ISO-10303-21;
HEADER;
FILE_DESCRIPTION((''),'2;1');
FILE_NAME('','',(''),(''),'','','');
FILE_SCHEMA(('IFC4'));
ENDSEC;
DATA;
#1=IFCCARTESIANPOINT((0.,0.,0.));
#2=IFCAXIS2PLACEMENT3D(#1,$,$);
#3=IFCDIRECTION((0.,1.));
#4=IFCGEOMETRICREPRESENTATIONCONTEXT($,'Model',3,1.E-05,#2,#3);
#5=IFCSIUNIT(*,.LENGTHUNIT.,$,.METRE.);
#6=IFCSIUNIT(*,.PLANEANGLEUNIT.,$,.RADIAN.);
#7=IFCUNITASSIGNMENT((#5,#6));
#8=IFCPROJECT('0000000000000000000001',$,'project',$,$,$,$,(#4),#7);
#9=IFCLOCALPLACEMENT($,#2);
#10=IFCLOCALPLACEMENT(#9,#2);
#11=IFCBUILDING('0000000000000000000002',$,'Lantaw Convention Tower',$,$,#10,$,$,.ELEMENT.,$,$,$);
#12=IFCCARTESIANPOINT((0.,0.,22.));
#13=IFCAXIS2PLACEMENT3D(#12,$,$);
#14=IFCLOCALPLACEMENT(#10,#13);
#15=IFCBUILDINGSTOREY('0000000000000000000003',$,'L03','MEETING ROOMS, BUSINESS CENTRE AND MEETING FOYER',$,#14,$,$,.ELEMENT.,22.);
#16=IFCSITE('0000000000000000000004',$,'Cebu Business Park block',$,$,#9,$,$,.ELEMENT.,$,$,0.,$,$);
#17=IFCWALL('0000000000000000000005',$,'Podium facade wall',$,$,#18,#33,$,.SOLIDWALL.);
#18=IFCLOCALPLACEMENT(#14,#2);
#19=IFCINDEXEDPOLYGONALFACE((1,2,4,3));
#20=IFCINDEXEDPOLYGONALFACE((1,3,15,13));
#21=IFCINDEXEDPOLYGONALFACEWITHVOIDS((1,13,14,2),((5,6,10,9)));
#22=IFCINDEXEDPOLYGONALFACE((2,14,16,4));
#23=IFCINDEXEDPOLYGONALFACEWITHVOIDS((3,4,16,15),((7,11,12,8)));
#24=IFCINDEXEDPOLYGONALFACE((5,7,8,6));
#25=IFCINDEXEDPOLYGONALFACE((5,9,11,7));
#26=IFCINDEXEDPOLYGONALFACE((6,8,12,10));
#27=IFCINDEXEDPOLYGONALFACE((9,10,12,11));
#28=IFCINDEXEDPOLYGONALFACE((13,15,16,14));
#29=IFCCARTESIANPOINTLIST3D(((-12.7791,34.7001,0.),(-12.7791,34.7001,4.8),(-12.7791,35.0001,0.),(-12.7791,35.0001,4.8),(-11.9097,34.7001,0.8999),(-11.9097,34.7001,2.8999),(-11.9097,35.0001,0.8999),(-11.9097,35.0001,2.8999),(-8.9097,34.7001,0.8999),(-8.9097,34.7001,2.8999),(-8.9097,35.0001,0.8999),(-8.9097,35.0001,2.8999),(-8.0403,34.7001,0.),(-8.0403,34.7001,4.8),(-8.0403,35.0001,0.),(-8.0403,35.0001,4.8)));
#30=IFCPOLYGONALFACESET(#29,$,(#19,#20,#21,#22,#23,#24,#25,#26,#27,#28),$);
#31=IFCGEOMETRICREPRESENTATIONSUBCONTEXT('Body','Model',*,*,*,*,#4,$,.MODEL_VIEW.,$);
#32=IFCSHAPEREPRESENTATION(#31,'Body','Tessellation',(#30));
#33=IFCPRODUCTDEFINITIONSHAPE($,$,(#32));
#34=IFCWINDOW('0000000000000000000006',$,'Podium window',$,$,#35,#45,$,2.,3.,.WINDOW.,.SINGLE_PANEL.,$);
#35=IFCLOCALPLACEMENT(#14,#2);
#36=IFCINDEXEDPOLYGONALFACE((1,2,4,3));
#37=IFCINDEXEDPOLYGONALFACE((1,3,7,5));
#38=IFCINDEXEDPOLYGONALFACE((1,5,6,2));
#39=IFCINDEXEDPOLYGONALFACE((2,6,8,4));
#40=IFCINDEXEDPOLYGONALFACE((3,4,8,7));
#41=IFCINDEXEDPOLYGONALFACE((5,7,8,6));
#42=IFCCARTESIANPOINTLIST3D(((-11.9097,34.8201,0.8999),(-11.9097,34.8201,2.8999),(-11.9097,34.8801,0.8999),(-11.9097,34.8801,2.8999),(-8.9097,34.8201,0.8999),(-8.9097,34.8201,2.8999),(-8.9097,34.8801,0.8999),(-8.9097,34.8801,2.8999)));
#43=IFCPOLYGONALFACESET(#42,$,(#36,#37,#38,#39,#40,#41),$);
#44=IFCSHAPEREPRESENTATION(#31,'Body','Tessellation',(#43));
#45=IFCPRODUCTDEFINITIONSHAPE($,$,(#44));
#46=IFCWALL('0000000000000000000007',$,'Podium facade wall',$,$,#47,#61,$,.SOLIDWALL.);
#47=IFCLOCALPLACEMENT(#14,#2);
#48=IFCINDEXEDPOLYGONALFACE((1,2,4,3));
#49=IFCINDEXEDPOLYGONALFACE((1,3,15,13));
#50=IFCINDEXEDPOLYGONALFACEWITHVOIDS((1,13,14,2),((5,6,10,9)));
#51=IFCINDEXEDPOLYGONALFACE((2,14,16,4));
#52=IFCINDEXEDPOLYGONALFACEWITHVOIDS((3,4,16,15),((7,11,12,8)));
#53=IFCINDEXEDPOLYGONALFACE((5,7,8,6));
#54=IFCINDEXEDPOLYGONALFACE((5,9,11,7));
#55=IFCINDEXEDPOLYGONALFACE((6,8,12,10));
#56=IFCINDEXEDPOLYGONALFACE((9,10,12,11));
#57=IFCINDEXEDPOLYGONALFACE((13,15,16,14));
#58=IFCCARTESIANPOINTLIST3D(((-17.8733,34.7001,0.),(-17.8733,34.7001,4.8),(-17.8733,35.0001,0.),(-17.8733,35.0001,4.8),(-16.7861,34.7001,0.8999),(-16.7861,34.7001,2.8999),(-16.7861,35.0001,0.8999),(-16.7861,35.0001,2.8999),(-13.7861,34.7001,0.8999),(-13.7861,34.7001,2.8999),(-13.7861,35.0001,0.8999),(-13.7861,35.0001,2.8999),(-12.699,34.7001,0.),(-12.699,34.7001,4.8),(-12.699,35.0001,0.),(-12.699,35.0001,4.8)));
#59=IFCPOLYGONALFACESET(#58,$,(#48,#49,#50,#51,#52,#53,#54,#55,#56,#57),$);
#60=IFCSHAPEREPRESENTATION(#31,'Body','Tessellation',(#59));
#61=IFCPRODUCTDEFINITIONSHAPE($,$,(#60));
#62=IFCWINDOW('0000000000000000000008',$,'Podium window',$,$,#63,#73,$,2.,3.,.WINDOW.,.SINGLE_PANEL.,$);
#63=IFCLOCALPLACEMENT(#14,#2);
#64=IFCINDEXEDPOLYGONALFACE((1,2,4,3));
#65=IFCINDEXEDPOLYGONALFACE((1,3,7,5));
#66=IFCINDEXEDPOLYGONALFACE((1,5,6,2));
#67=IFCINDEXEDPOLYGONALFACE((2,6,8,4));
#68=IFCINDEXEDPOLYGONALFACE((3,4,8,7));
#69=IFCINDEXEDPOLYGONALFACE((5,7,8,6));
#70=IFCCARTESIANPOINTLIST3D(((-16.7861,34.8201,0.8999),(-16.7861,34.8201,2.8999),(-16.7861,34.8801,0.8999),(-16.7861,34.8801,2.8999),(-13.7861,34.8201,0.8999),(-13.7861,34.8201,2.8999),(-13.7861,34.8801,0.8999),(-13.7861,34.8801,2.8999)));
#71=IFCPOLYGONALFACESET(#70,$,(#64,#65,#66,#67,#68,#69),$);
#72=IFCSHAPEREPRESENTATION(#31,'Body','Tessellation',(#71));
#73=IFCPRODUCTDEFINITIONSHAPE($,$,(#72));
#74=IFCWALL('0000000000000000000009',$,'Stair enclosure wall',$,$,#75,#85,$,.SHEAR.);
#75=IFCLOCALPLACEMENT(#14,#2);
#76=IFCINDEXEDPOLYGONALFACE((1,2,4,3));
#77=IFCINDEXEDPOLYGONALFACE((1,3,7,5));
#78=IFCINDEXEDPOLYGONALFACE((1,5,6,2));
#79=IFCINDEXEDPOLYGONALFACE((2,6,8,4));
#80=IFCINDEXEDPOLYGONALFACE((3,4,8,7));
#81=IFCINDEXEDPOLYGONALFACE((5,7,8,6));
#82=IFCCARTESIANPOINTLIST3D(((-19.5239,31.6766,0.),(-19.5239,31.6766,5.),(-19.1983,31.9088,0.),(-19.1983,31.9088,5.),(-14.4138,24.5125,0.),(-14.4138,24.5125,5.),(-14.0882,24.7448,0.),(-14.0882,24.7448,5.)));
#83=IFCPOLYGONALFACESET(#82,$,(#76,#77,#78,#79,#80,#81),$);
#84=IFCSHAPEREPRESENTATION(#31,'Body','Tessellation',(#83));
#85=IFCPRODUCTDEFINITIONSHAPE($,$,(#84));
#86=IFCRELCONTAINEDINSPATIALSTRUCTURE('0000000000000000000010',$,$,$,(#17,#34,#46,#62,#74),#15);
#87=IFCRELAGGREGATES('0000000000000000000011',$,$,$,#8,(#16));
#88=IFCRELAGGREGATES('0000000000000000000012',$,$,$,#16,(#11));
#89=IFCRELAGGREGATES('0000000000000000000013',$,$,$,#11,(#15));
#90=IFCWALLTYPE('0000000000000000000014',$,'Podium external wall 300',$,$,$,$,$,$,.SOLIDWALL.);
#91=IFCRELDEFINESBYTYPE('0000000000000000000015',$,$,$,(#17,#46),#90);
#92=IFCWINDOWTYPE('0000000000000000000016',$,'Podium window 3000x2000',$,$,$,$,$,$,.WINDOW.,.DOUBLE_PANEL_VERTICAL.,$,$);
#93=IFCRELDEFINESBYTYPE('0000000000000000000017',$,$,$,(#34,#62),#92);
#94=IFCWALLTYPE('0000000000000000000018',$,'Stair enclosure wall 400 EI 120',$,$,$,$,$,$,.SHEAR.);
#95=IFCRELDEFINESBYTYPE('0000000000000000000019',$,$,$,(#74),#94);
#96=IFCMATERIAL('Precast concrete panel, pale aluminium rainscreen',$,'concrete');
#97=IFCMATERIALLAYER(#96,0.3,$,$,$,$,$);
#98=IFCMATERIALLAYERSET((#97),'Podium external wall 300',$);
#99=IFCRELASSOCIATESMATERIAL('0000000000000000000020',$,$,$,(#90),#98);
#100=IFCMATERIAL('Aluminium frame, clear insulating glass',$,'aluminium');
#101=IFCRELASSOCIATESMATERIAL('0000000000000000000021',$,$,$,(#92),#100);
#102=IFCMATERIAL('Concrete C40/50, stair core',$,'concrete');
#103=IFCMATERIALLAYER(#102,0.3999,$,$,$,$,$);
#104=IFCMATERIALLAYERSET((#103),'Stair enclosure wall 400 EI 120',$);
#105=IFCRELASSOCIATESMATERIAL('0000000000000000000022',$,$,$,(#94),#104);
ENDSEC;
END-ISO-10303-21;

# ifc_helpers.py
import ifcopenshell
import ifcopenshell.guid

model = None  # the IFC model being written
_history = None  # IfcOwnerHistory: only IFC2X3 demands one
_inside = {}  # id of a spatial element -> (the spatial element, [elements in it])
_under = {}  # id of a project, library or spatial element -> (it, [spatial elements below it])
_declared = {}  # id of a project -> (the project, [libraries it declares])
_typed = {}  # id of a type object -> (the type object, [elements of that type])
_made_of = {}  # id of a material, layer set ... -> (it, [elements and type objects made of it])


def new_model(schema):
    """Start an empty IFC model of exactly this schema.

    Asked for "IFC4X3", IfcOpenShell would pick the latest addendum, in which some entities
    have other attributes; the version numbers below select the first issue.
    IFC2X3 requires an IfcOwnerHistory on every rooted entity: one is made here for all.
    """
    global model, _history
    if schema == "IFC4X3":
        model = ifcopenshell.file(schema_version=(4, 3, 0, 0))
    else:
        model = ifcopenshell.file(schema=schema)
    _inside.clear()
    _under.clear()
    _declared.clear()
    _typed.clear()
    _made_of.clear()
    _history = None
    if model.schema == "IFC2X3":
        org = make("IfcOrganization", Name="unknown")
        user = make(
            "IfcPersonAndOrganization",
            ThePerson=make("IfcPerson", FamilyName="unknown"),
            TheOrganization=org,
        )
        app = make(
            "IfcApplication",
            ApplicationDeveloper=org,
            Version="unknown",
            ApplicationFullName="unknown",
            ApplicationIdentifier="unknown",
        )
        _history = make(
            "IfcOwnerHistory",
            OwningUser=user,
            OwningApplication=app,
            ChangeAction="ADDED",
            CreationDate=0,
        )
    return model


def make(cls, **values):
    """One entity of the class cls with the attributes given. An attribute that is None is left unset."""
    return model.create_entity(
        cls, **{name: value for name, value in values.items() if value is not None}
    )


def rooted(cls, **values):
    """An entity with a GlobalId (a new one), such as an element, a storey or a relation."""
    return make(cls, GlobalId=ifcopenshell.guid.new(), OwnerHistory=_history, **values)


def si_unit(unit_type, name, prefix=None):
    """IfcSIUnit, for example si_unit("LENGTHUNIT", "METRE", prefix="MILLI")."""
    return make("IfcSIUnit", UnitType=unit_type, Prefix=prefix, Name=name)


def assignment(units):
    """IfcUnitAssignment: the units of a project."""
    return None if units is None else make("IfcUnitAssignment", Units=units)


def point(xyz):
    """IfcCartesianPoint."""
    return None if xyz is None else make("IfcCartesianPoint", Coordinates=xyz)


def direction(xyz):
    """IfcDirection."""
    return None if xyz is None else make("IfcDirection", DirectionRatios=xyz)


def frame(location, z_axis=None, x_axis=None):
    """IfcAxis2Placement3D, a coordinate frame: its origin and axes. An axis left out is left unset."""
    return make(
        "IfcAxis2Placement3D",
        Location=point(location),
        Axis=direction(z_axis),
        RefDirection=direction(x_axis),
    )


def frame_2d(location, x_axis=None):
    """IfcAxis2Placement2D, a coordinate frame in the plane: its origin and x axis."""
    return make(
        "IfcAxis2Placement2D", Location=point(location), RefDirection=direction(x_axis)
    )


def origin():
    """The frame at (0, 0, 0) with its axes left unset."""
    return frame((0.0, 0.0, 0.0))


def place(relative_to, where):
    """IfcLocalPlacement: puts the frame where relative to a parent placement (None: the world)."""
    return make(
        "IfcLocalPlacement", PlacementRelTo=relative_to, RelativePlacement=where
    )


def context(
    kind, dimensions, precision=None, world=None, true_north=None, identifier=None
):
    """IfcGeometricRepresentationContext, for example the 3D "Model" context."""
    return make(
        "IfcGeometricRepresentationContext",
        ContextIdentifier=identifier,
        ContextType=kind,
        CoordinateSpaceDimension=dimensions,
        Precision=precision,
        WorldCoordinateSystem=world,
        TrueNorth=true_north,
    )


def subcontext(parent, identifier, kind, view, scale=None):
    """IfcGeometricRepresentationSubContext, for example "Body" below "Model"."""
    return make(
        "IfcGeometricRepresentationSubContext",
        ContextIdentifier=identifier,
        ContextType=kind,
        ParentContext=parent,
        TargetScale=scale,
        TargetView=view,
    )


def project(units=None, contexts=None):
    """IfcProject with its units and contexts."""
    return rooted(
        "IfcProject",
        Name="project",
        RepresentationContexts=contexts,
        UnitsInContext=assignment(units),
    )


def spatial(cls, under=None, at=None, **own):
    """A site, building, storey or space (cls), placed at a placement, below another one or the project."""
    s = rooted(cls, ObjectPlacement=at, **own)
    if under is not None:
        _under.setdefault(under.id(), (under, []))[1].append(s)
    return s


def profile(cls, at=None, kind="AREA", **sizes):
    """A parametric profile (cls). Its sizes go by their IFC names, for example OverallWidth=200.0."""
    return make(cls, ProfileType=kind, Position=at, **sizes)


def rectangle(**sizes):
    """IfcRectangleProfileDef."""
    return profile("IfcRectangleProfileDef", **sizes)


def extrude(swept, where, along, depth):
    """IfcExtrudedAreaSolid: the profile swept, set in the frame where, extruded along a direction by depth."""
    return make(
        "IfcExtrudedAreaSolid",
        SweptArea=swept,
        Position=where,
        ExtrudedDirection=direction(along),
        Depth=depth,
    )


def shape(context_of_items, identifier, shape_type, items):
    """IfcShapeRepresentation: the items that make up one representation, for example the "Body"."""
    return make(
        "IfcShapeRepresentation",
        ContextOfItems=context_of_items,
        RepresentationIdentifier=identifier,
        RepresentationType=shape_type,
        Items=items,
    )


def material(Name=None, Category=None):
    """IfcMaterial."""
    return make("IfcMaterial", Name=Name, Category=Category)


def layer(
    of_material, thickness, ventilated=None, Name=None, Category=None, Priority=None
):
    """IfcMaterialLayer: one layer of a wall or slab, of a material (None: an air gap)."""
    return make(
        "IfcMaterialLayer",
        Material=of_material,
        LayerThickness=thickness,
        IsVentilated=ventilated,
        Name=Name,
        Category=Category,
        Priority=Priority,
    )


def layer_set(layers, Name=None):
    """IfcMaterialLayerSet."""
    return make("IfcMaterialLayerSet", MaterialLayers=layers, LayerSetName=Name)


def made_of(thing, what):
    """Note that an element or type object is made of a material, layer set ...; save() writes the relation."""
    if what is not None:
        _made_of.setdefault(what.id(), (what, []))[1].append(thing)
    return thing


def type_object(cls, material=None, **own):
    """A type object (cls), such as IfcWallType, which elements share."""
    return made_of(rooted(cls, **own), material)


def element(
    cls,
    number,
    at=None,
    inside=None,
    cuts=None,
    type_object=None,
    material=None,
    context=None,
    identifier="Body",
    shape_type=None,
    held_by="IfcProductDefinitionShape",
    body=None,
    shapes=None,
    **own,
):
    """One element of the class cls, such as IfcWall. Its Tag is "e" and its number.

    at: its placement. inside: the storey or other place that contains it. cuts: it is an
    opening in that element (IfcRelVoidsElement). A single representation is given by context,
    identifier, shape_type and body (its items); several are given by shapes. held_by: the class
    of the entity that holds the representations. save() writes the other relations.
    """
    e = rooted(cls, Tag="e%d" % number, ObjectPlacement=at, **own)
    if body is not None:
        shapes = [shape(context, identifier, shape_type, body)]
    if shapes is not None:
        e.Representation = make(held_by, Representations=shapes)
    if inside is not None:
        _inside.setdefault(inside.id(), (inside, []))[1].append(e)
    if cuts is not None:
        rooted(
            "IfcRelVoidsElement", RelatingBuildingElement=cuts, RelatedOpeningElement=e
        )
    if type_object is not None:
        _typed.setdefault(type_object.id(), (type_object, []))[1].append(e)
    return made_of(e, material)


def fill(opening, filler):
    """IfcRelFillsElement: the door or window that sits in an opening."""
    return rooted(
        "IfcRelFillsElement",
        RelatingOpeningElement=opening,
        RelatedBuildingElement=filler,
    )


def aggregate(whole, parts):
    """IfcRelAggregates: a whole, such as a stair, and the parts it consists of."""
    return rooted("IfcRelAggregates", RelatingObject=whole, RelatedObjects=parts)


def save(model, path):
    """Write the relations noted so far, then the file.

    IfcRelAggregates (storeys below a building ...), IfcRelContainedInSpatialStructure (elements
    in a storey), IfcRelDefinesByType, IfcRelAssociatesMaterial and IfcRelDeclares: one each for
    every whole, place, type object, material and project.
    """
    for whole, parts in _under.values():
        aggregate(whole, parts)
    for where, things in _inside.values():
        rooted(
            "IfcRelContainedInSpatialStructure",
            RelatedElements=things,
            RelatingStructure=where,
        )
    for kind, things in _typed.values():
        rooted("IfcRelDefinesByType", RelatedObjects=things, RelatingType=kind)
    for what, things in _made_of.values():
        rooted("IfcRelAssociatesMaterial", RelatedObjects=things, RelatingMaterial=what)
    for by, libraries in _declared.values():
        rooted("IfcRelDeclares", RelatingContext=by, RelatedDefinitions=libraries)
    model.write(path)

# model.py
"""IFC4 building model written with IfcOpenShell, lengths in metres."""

from ifc_helpers import new_model, si_unit, direction, frame, frame_2d, origin, place, context, subcontext, project, spatial, rectangle, extrude, material, layer, layer_set, type_object, element, fill, save


model = new_model("IFC4")

# Units and contexts
model_context = context("Model", 3, precision=1e-05, world=origin(), true_north=direction((0.0, 1.0)))
body_context = subcontext(model_context, "Body", "Model", "MODEL_VIEW")
ifc_project = project(units=[si_unit("LENGTHUNIT", "METRE"), si_unit("PLANEANGLEUNIT", "RADIAN")], contexts=[model_context])

# Site, building, storey
site_placement = place(None, origin())
site = spatial("IfcSite", under=ifc_project, at=site_placement, Name="Cebu Business Park block", CompositionType="ELEMENT", RefElevation=0.0)
building_placement = place(site_placement, origin())
building = spatial("IfcBuilding", under=site, at=building_placement, Name="Lantaw Convention Tower", CompositionType="ELEMENT")
storey_placement = place(building_placement, frame((0.0, 0.0, 22.0)))
storey = spatial("IfcBuildingStorey", under=building, at=storey_placement, Name="L03", Description="MEETING ROOMS, BUSINESS CENTRE AND MEETING FOYER", CompositionType="ELEMENT", Elevation=22.0)

# Shared definitions
ifc_material_1 = material(Name="Precast concrete panel, pale aluminium rainscreen", Category="concrete")
ifc_layer_1 = layer(ifc_material_1, 0.3)
ifc_layer_set_1 = layer_set([ifc_layer_1], Name="Podium external wall 300")
wall_type_1 = type_object("IfcWallType", Name="Podium external wall 300", PredefinedType="SOLIDWALL", material=ifc_layer_set_1)

# Walls, openings, windows
wall_1_placement = place(storey_placement, frame((-8.0403, 34.8501, 0.0), z_axis=(0.0, 0.0, 1.0), x_axis=(-1.0, 0.0, 0.0)))
wall_1 = element("IfcWall", 1, at=wall_1_placement, inside=storey, type_object=wall_type_1, Name="Podium facade wall", PredefinedType="SOLIDWALL", context=body_context, shape_type="SweptSolid", body=[
    extrude(rectangle(XDim=4.7388, YDim=0.3, at=frame_2d((2.3694, 0.0))), origin(), (0.0, 0.0, 1.0), 4.8),
])
opening_1_placement = place(wall_1_placement, frame((0.8694, 0.0, 0.8999)))
opening_1 = element("IfcOpeningElement", 2, at=opening_1_placement, cuts=wall_1, PredefinedType="OPENING", context=body_context, shape_type="SweptSolid", body=[
    extrude(rectangle(XDim=3.0, YDim=2.0, at=frame_2d((1.5, 1.0))), frame((0.0, 0.1599, 0.0), z_axis=(0.0, -1.0, 0.0), x_axis=(1.0, 0.0, 0.0)), (0.0, 0.0, 1.0), 0.3201),
])
ifc_material_2 = material(Name="Aluminium frame, clear insulating glass", Category="aluminium")
window_type = type_object("IfcWindowType", Name="Podium window 3000x2000", PartitioningType="DOUBLE_PANEL_VERTICAL", PredefinedType="WINDOW", material=ifc_material_2)
window_1_placement = place(opening_1_placement, origin())
window_1 = element("IfcWindow", 3, at=window_1_placement, inside=storey, type_object=window_type, Name="Podium window", OverallHeight=2.0, OverallWidth=3.0, PartitioningType="SINGLE_PANEL", PredefinedType="WINDOW", context=body_context, shape_type="SweptSolid", body=[
    extrude(rectangle(XDim=3.0, YDim=2.0, at=frame_2d((1.5, 1.0))), frame((0.0, 0.03, 0.0), z_axis=(0.0, -1.0, 0.0), x_axis=(1.0, 0.0, 0.0)), (0.0, 0.0, 1.0), 0.0601),
])
fill(opening_1, window_1)
wall_2_placement = place(storey_placement, frame((-12.699, 34.8501, 0.0), z_axis=(0.0, 0.0, 1.0), x_axis=(-1.0, 0.0, 0.0)))
wall_2 = element("IfcWall", 4, at=wall_2_placement, inside=storey, type_object=wall_type_1, Name="Podium facade wall", PredefinedType="SOLIDWALL", context=body_context, shape_type="SweptSolid", body=[
    extrude(rectangle(XDim=5.1743, YDim=0.3, at=frame_2d((2.5872, 0.0))), origin(), (0.0, 0.0, 1.0), 4.8),
])
opening_2_placement = place(wall_2_placement, frame((1.0872, 0.0, 0.8999)))
opening_2 = element("IfcOpeningElement", 5, at=opening_2_placement, cuts=wall_2, PredefinedType="OPENING", context=body_context, shape_type="SweptSolid", body=[
    extrude(rectangle(XDim=3.0, YDim=2.0, at=frame_2d((1.5, 1.0))), frame((0.0, 0.1599, 0.0), z_axis=(0.0, -1.0, 0.0), x_axis=(1.0, 0.0, 0.0)), (0.0, 0.0, 1.0), 0.3201),
])
window_2_placement = place(opening_2_placement, origin())
window_2 = element("IfcWindow", 6, at=window_2_placement, inside=storey, type_object=window_type, Name="Podium window", OverallHeight=2.0, OverallWidth=3.0, PartitioningType="SINGLE_PANEL", PredefinedType="WINDOW", context=body_context, shape_type="SweptSolid", body=[
    extrude(rectangle(XDim=3.0, YDim=2.0, at=frame_2d((1.5, 1.0))), frame((0.0, 0.03, 0.0), z_axis=(0.0, -1.0, 0.0), x_axis=(1.0, 0.0, 0.0)), (0.0, 0.0, 1.0), 0.0601),
])
fill(opening_2, window_2)

# Wall
ifc_material_3 = material(Name="Concrete C40/50, stair core", Category="concrete")
ifc_layer_2 = layer(ifc_material_3, 0.3999)
ifc_layer_set_2 = layer_set([ifc_layer_2], Name="Stair enclosure wall 400 EI 120")
wall_type_2 = type_object("IfcWallType", Name="Stair enclosure wall 400 EI 120", PredefinedType="SHEAR", material=ifc_layer_set_2)
wall_3_placement = place(storey_placement, frame((-14.251, 24.6287, 0.0), z_axis=(0.0, 0.0, 1.0), x_axis=(-0.580705, 0.814114, 0.0)))
element("IfcWall", 7, at=wall_3_placement, inside=storey, type_object=wall_type_2, Name="Stair enclosure wall", PredefinedType="SHEAR", context=body_context, shape_type="SweptSolid", body=[
    extrude(rectangle(XDim=8.7998, YDim=0.3999, at=frame_2d((4.3999, 0.0))), origin(), (0.0, 0.0, 1.0), 5.0),
])

save(model, "model.ifc")
